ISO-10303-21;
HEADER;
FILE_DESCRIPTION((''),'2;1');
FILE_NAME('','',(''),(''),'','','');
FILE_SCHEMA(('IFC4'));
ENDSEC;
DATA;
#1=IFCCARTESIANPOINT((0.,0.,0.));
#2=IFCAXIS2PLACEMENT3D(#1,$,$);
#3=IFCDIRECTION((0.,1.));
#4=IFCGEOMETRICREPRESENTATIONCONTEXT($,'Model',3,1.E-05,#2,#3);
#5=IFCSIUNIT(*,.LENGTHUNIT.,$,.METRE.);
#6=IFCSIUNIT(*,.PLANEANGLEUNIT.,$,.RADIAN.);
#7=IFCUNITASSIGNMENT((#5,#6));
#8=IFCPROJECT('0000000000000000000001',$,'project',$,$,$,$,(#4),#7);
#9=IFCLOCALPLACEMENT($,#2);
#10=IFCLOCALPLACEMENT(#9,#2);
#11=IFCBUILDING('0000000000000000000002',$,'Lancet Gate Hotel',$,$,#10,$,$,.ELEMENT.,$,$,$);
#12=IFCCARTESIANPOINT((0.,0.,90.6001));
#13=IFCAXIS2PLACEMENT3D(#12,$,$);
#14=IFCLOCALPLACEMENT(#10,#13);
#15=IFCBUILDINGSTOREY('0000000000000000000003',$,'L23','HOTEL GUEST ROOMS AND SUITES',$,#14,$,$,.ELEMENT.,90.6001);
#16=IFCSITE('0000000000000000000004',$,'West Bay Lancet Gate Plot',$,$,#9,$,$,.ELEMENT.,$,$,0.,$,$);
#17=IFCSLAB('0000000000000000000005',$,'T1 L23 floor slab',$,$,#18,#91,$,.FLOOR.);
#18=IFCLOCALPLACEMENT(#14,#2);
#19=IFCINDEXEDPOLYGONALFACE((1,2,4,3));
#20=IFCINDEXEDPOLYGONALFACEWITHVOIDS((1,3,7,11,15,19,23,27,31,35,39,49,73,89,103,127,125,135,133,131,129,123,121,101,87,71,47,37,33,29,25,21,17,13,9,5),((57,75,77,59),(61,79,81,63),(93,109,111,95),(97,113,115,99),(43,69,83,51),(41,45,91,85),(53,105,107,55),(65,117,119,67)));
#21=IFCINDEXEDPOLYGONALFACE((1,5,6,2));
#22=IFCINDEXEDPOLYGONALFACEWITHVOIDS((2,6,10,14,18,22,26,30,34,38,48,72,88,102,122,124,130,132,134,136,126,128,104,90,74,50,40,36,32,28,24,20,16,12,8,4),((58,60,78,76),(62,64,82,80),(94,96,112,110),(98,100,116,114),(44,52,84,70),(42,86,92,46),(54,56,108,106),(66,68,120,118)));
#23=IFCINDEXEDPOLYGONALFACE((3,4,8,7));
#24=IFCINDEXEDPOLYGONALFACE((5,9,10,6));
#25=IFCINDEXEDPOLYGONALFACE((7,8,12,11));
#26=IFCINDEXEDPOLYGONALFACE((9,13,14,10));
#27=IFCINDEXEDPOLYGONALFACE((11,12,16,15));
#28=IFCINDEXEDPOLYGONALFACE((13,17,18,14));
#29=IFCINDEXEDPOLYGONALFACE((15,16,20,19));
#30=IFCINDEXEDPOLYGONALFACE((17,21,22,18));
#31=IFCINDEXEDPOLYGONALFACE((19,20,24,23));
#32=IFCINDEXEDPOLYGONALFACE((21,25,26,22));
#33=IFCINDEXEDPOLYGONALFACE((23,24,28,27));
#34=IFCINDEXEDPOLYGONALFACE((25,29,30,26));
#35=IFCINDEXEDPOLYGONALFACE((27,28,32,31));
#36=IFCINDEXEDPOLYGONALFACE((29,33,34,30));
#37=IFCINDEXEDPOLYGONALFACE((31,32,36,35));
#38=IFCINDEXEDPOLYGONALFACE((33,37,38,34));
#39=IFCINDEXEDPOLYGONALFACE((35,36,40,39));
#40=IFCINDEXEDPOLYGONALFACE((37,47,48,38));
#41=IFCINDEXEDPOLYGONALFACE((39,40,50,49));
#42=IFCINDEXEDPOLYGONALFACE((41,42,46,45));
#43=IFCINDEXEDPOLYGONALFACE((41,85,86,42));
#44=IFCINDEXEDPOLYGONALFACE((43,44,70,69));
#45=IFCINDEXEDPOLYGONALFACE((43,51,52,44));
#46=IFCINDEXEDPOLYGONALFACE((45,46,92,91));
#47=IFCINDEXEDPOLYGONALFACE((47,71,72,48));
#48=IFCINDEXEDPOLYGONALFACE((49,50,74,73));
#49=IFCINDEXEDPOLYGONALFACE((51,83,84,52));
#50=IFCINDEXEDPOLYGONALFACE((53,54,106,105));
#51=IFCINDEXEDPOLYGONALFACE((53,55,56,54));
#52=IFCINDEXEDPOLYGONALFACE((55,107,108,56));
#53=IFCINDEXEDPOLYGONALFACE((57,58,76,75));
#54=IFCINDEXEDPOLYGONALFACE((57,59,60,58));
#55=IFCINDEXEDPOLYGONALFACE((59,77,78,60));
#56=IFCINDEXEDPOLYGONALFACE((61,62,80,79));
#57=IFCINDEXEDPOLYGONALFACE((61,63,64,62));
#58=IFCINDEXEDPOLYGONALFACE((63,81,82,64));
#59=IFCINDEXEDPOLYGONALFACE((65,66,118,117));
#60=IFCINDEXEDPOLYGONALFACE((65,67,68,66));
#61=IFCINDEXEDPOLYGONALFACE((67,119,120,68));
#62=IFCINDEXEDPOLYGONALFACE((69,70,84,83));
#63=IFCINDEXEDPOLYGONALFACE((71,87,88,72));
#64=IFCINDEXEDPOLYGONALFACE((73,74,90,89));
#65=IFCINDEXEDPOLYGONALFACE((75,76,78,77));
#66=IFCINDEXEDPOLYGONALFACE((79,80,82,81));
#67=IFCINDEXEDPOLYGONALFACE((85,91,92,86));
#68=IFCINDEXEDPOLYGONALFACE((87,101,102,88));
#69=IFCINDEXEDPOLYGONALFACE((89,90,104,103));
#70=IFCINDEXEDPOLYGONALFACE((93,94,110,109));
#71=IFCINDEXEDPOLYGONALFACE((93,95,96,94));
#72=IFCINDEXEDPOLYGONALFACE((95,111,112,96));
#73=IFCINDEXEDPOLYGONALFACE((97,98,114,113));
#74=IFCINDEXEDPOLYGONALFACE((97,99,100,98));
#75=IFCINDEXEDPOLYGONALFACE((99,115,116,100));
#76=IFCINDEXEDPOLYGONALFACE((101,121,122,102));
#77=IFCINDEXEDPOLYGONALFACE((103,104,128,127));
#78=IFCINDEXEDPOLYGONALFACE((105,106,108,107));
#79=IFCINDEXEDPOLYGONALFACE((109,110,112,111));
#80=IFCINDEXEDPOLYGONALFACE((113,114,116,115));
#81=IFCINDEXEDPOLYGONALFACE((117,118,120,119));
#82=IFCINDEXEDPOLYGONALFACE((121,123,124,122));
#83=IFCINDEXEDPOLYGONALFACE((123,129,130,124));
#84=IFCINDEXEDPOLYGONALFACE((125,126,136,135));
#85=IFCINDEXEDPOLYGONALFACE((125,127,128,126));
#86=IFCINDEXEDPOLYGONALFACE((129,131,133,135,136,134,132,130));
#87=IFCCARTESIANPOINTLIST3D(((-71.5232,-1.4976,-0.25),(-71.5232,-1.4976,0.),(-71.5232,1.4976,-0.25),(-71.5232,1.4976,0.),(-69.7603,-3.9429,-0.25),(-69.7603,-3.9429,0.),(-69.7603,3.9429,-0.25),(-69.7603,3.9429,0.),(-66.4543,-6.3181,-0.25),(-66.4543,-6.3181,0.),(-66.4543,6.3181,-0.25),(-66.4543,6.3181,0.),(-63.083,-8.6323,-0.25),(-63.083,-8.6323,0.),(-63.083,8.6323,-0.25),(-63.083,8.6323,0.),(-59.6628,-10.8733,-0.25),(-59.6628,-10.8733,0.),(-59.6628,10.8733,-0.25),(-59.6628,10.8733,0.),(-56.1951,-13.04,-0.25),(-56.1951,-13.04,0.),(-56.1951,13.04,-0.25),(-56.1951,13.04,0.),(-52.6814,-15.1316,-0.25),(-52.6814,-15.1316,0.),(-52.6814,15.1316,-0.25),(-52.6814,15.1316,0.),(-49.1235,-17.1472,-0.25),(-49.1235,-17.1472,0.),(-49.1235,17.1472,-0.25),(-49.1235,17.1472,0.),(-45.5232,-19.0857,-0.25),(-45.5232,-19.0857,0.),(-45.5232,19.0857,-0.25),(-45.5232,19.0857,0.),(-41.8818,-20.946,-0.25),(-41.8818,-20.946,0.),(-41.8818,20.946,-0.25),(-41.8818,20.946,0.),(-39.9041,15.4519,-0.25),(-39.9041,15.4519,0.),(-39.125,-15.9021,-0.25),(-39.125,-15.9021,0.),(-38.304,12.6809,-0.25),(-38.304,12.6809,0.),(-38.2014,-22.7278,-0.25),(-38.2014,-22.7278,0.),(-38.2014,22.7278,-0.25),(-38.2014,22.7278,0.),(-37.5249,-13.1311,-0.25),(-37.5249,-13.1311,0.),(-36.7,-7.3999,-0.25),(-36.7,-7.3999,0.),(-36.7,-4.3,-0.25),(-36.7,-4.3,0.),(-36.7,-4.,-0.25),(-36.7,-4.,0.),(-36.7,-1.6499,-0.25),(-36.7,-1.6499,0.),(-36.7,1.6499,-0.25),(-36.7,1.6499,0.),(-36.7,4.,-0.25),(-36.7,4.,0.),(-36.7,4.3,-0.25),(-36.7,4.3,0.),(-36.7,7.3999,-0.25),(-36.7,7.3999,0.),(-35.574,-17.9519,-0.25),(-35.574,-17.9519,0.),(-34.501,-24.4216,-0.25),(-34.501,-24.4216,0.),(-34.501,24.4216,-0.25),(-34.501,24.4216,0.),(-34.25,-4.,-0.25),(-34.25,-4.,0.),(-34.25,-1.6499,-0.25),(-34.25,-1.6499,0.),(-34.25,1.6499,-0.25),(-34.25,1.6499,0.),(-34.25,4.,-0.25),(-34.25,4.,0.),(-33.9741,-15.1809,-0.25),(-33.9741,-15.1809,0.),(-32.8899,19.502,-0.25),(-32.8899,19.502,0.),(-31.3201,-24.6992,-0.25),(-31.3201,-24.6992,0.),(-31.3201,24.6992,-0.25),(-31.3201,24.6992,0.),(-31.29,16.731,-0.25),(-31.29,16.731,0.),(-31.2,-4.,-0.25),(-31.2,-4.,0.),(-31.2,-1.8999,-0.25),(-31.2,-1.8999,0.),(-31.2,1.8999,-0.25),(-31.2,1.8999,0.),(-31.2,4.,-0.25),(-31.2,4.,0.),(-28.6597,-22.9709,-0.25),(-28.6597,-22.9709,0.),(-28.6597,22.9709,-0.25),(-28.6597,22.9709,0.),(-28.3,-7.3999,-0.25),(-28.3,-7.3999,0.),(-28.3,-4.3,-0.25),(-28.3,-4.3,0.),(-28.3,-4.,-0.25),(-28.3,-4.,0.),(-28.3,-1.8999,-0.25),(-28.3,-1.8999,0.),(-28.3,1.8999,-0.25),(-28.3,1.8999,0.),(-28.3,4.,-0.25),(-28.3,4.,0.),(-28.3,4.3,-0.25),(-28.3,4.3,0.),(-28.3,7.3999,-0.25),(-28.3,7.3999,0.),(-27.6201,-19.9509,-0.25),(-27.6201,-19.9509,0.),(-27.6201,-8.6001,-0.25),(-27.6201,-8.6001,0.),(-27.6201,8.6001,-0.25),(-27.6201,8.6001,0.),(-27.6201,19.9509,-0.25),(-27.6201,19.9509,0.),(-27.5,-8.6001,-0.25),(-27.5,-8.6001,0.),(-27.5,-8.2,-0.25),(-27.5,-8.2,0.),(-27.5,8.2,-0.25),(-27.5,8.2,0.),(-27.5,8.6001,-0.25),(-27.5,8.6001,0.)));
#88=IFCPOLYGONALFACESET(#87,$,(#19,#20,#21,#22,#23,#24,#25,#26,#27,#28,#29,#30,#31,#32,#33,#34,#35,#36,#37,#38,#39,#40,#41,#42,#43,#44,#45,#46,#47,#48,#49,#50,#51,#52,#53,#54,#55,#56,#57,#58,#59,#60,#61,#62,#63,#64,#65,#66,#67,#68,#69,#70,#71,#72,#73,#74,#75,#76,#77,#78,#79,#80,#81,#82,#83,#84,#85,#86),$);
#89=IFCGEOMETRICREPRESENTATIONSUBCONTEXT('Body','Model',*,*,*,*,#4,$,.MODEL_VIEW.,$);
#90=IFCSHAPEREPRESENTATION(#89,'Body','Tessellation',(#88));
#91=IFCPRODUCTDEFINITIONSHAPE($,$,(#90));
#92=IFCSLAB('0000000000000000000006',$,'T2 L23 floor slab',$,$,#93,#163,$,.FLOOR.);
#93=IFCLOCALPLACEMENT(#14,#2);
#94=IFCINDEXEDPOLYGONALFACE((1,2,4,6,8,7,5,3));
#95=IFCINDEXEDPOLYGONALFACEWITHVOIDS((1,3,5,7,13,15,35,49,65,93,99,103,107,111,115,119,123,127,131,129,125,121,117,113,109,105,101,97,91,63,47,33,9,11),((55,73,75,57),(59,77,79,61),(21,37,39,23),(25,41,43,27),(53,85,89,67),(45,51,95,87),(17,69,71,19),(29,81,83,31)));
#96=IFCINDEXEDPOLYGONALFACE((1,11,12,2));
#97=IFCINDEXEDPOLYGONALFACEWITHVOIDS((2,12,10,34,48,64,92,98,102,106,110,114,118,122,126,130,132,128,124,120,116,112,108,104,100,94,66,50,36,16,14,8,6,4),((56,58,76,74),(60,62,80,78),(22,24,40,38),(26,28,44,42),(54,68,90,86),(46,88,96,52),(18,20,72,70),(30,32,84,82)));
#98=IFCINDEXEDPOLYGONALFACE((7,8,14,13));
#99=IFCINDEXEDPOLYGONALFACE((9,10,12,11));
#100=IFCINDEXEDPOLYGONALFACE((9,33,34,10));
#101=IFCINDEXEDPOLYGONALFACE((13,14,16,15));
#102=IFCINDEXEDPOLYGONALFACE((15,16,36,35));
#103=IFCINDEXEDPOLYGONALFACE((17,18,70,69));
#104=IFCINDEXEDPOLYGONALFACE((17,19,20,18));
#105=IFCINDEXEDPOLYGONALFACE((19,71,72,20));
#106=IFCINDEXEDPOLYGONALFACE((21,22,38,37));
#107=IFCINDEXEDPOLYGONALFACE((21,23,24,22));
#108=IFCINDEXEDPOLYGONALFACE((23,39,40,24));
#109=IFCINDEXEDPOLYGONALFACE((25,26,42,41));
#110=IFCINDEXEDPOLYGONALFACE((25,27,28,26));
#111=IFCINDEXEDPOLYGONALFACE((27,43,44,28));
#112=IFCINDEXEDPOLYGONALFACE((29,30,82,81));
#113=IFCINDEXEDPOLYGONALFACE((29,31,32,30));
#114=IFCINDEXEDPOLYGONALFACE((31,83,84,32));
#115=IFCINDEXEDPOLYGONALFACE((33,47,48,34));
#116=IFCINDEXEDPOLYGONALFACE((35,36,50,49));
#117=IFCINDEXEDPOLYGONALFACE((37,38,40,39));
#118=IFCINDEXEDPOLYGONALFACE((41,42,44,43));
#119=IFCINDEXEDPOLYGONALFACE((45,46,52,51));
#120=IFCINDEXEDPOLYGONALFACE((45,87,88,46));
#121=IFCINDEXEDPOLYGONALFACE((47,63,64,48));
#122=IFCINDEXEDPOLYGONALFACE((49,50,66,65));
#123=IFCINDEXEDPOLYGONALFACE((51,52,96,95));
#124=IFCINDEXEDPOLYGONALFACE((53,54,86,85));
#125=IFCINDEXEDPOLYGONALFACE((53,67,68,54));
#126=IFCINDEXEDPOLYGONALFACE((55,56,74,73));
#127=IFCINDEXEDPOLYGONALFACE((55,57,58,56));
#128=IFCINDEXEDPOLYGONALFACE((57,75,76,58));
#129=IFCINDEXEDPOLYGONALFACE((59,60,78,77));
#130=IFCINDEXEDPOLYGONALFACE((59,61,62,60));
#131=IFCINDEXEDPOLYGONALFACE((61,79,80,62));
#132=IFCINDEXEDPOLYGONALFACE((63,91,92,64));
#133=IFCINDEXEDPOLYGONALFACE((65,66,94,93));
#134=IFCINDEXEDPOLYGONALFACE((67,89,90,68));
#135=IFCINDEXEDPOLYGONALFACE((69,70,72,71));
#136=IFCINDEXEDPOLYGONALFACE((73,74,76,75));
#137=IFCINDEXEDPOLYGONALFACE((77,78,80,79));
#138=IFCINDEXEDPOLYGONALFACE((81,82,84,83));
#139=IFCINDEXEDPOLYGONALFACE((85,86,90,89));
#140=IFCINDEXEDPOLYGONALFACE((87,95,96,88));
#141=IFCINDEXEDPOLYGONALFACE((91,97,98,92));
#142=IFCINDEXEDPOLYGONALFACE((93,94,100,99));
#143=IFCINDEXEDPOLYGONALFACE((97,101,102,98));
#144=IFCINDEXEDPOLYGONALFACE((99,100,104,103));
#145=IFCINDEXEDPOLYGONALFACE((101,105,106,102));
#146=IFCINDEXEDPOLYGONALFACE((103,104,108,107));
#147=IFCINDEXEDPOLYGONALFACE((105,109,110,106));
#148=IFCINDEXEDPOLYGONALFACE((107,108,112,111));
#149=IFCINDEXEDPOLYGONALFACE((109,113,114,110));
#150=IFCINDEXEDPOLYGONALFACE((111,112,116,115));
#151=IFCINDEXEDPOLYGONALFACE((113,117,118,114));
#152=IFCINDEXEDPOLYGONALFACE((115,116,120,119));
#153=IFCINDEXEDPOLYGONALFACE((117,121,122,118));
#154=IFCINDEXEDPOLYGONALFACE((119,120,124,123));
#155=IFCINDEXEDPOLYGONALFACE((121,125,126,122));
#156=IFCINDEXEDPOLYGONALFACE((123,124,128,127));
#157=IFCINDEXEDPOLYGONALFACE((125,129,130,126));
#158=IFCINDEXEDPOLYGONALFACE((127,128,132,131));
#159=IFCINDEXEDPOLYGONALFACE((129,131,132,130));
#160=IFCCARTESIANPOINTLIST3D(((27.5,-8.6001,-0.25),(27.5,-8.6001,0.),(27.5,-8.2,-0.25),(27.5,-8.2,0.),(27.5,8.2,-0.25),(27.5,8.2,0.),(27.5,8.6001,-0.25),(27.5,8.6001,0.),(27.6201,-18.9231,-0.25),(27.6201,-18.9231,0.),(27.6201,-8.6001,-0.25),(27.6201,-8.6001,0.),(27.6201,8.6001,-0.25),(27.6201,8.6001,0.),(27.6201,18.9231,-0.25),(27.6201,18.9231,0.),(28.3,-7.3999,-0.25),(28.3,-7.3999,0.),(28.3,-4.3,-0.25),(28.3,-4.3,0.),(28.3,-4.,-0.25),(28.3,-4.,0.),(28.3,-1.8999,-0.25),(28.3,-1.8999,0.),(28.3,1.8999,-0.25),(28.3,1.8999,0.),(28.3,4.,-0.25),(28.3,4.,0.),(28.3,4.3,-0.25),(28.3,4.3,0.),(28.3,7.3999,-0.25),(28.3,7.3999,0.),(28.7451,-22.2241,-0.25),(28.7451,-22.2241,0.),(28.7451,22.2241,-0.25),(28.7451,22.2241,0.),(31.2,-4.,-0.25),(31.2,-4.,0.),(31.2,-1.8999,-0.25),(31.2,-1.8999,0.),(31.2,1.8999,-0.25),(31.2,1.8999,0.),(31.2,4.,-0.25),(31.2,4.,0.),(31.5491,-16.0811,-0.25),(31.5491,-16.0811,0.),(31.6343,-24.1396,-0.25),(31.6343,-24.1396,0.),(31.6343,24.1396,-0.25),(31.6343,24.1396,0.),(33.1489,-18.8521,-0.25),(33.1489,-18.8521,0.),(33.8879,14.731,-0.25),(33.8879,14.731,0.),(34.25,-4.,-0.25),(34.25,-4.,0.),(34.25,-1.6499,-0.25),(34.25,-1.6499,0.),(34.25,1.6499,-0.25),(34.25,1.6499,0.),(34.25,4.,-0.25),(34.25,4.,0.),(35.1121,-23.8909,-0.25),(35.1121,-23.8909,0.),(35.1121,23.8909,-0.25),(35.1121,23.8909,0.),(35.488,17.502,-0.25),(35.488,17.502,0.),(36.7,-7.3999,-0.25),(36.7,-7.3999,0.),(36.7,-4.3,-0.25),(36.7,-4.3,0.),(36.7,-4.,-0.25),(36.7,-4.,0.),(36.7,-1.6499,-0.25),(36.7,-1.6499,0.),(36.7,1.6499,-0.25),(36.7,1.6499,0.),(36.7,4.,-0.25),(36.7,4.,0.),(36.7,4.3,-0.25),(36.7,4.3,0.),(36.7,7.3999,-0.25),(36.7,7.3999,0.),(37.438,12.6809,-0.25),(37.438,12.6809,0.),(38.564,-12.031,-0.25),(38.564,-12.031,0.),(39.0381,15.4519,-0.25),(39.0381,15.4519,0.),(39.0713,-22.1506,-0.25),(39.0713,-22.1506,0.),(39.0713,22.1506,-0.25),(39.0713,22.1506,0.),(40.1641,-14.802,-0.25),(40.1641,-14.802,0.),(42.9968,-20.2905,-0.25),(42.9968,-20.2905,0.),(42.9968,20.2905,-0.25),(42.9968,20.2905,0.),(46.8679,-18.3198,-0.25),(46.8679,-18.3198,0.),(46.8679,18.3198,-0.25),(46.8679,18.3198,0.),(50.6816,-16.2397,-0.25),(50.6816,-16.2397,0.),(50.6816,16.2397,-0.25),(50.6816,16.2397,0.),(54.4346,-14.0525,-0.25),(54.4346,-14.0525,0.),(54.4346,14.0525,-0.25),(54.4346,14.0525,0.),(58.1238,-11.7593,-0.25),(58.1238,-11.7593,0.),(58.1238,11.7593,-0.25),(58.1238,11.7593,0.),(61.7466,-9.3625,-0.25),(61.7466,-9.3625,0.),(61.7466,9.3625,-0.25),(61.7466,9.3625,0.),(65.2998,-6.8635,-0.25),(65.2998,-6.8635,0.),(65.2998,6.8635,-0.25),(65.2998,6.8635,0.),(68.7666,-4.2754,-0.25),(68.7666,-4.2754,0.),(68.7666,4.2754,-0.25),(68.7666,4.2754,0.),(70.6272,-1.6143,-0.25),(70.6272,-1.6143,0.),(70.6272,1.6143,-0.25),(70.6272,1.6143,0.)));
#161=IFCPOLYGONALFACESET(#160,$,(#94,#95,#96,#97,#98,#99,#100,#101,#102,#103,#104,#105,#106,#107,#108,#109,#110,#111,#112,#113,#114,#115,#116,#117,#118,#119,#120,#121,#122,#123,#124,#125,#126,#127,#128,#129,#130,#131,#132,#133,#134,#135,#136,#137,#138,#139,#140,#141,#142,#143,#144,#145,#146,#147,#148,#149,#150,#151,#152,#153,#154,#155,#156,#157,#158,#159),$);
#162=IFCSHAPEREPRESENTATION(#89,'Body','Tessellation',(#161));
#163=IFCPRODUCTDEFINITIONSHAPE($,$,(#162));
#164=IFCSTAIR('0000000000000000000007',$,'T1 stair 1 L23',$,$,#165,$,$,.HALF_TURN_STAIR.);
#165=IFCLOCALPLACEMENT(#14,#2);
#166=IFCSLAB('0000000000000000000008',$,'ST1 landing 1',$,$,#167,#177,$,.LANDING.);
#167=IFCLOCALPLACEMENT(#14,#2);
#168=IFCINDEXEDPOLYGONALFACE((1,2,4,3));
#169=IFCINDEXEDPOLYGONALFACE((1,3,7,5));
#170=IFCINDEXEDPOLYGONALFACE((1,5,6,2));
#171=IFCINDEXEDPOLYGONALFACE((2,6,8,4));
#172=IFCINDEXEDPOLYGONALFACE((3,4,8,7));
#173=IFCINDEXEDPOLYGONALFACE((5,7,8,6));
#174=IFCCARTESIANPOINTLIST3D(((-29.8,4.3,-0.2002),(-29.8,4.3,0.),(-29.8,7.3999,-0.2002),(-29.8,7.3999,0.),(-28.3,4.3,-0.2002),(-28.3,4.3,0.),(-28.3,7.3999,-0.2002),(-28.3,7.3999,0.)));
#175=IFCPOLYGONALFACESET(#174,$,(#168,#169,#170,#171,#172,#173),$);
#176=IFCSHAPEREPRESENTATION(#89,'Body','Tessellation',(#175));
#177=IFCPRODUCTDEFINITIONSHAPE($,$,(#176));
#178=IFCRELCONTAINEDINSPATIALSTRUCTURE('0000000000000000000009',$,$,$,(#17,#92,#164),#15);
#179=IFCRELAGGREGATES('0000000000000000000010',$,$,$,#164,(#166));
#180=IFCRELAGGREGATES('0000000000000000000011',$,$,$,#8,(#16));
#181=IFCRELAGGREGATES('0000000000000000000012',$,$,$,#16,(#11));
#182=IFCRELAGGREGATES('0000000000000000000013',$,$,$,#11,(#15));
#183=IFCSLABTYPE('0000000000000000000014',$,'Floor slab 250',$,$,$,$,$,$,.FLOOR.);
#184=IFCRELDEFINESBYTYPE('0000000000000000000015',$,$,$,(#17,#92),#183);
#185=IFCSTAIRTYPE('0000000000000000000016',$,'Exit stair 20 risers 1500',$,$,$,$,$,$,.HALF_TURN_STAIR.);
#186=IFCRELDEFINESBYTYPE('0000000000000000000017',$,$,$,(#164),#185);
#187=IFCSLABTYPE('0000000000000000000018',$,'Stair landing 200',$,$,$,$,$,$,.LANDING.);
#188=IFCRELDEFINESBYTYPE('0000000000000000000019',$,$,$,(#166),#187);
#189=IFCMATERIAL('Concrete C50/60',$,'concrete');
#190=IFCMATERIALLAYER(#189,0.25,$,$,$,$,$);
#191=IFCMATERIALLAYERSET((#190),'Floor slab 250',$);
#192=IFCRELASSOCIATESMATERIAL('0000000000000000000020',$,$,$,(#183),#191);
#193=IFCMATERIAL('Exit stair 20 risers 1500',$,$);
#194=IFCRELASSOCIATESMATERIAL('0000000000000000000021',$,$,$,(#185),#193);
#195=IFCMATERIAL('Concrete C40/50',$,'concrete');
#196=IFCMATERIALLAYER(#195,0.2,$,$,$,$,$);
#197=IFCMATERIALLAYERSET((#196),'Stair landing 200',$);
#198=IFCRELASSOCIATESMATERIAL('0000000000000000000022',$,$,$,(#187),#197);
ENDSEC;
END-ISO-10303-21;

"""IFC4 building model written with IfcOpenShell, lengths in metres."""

from ifc_helpers import new_model, si_unit, direction, frame, origin, place, context, subcontext, project, spatial, polyline, outline, extrude, material, layer, layer_set, type_object, element, aggregate, save


model = new_model("IFC4")

# Units and contexts
model_context = context("Model", 3, precision=1e-05, world=origin(), true_north=direction((0.0, 1.0)))
body_context = subcontext(model_context, "Body", "Model", "MODEL_VIEW")
ifc_project = project(units=[si_unit("LENGTHUNIT", "METRE"), si_unit("PLANEANGLEUNIT", "RADIAN")], contexts=[model_context])

# Site, building, storey
site_placement = place(None, origin())
site = spatial("IfcSite", under=ifc_project, at=site_placement, Name="West Bay Lancet Gate Plot", CompositionType="ELEMENT", RefElevation=0.0)
building_placement = place(site_placement, origin())
building = spatial("IfcBuilding", under=site, at=building_placement, Name="Lancet Gate Hotel", CompositionType="ELEMENT")
storey_placement = place(building_placement, frame((0.0, 0.0, 90.6001)))
storey = spatial("IfcBuildingStorey", under=building, at=storey_placement, Name="L23", Description="HOTEL GUEST ROOMS AND SUITES", CompositionType="ELEMENT", Elevation=90.6001)

# Slabs
ifc_material_1 = material(Name="Concrete C50/60", Category="concrete")
ifc_layer_1 = layer(ifc_material_1, 0.25)
ifc_layer_set_1 = layer_set([ifc_layer_1], Name="Floor slab 250")
slab_type_1 = type_object("IfcSlabType", Name="Floor slab 250", PredefinedType="FLOOR", material=ifc_layer_set_1)
slab_1_placement = place(storey_placement, frame((0.0, 0.0, -0.25)))
element("IfcSlab", 1, at=slab_1_placement, inside=storey, type_object=slab_type_1, Name="T1 L23 floor slab", PredefinedType="FLOOR", context=body_context, shape_type="SweptSolid", body=[
    extrude(outline(polyline([(-27.5, 8.6001), (-27.6201, 8.6001), (-27.6201, 19.9509), (-28.6597, 22.9709), (-31.3201, 24.6992), (-34.501, 24.4216), (-38.2014, 22.7278), (-41.8818, 20.946), (-45.5232, 19.0857), (-49.1235, 17.1472), (-52.6814, 15.1316), (-56.1951, 13.04), (-59.6628, 10.8733), (-63.083, 8.6323), (-66.4543, 6.3181), (-69.7603, 3.9429), (-71.5232, 1.4976), (-71.5232, -1.4976), (-69.7603, -3.9429), (-66.4543, -6.3181), (-63.083, -8.6323), (-59.6628, -10.8733), (-56.1951, -13.04), (-52.6814, -15.1316), (-49.1235, -17.1472), (-45.5232, -19.0857), (-41.8818, -20.946), (-38.2014, -22.7278), (-34.501, -24.4216), (-31.3201, -24.6992), (-28.6597, -22.9709), (-27.6201, -19.9509), (-27.6201, -8.6001), (-27.5, -8.6001), (-27.5, -8.2), (-27.5, 8.2), (-27.5, 8.6001)]), holes=[polyline([(-36.7, 7.3999), (-36.7, 4.3), (-28.3, 4.3), (-28.3, 7.3999), (-36.7, 7.3999)]), polyline([(-28.3, 4.0), (-31.2, 4.0), (-31.2, 1.8999), (-28.3, 1.8999), (-28.3, 4.0)]), polyline([(-34.25, 4.0), (-36.7, 4.0), (-36.7, 1.6499), (-34.25, 1.6499), (-34.25, 4.0)]), polyline([(-36.7, -1.6499), (-36.7, -4.0), (-34.25, -4.0), (-34.25, -1.6499), (-36.7, -1.6499)]), polyline([(-28.3, -1.8999), (-31.2, -1.8999), (-31.2, -4.0), (-28.3, -4.0), (-28.3, -1.8999)]), polyline([(-28.3, -4.3), (-36.7, -4.3), (-36.7, -7.3999), (-28.3, -7.3999), (-28.3, -4.3)]), polyline([(-31.29, 16.731), (-32.8899, 19.502), (-39.9041, 15.4519), (-38.304, 12.6809), (-31.29, 16.731)]), polyline([(-33.9741, -15.1809), (-37.5249, -13.1311), (-39.125, -15.9021), (-35.574, -17.9519), (-33.9741, -15.1809)])]), origin(), (0.0, 0.0, 1.0), 0.25),
])
slab_2_placement = place(storey_placement, frame((0.0, 0.0, -0.25)))
element("IfcSlab", 2, at=slab_2_placement, inside=storey, type_object=slab_type_1, Name="T2 L23 floor slab", PredefinedType="FLOOR", context=body_context, shape_type="SweptSolid", body=[
    extrude(outline(polyline([(27.5, -8.6001), (27.6201, -8.6001), (27.6201, -18.9231), (28.7451, -22.2241), (31.6343, -24.1396), (35.1121, -23.8909), (39.0713, -22.1506), (42.9968, -20.2905), (46.8679, -18.3198), (50.6816, -16.2397), (54.4346, -14.0525), (58.1238, -11.7593), (61.7466, -9.3625), (65.2998, -6.8635), (68.7666, -4.2754), (70.6272, -1.6143), (70.6272, 1.6143), (68.7666, 4.2754), (65.2998, 6.8635), (61.7466, 9.3625), (58.1238, 11.7593), (54.4346, 14.0525), (50.6816, 16.2397), (46.8679, 18.3198), (42.9968, 20.2905), (39.0713, 22.1506), (35.1121, 23.8909), (31.6343, 24.1396), (28.7451, 22.2241), (27.6201, 18.9231), (27.6201, 8.6001), (27.5, 8.6001), (27.5, 8.2), (27.5, -8.2), (27.5, -8.6001)]), holes=[polyline([(36.7, -7.3999), (36.7, -4.3), (28.3, -4.3), (28.3, -7.3999), (36.7, -7.3999)]), polyline([(28.3, -4.0), (31.2, -4.0), (31.2, -1.8999), (28.3, -1.8999), (28.3, -4.0)]), polyline([(34.25, -4.0), (36.7, -4.0), (36.7, -1.6499), (34.25, -1.6499), (34.25, -4.0)]), polyline([(36.7, 1.6499), (36.7, 4.0), (34.25, 4.0), (34.25, 1.6499), (36.7, 1.6499)]), polyline([(28.3, 1.8999), (31.2, 1.8999), (31.2, 4.0), (28.3, 4.0), (28.3, 1.8999)]), polyline([(28.3, 4.3), (36.7, 4.3), (36.7, 7.3999), (28.3, 7.3999), (28.3, 4.3)]), polyline([(31.5491, -16.0811), (33.1489, -18.8521), (40.1641, -14.802), (38.564, -12.031), (31.5491, -16.0811)]), polyline([(33.8879, 14.731), (37.438, 12.6809), (39.0381, 15.4519), (35.488, 17.502), (33.8879, 14.731)])]), origin(), (0.0, 0.0, 1.0), 0.25),
])

# Stair, slab
ifc_material_2 = material(Name="Exit stair 20 risers 1500")
stair_type = type_object("IfcStairType", Name="Exit stair 20 risers 1500", PredefinedType="HALF_TURN_STAIR", material=ifc_material_2)
stair_placement = place(storey_placement, origin())
stair = element("IfcStair", 3, at=stair_placement, inside=storey, type_object=stair_type, Name="T1 stair 1 L23", PredefinedType="HALF_TURN_STAIR")
ifc_material_3 = material(Name="Concrete C40/50", Category="concrete")
ifc_layer_2 = layer(ifc_material_3, 0.2)
ifc_layer_set_2 = layer_set([ifc_layer_2], Name="Stair landing 200")
slab_type_2 = type_object("IfcSlabType", Name="Stair landing 200", PredefinedType="LANDING", material=ifc_layer_set_2)
slab_3_placement = place(storey_placement, frame((0.0, 0.0, -0.2002)))
slab_3 = element("IfcSlab", 4, at=slab_3_placement, type_object=slab_type_2, Name="ST1 landing 1", PredefinedType="LANDING", context=body_context, shape_type="SweptSolid", body=[
    extrude(outline(polyline([(-28.3, 7.3999), (-29.8, 7.3999), (-29.8, 4.3), (-28.3, 4.3), (-28.3, 7.3999)])), origin(), (0.0, 0.0, 1.0), 0.2002),
])
aggregate(stair, [slab_3])

save(model, "model.ifc")
